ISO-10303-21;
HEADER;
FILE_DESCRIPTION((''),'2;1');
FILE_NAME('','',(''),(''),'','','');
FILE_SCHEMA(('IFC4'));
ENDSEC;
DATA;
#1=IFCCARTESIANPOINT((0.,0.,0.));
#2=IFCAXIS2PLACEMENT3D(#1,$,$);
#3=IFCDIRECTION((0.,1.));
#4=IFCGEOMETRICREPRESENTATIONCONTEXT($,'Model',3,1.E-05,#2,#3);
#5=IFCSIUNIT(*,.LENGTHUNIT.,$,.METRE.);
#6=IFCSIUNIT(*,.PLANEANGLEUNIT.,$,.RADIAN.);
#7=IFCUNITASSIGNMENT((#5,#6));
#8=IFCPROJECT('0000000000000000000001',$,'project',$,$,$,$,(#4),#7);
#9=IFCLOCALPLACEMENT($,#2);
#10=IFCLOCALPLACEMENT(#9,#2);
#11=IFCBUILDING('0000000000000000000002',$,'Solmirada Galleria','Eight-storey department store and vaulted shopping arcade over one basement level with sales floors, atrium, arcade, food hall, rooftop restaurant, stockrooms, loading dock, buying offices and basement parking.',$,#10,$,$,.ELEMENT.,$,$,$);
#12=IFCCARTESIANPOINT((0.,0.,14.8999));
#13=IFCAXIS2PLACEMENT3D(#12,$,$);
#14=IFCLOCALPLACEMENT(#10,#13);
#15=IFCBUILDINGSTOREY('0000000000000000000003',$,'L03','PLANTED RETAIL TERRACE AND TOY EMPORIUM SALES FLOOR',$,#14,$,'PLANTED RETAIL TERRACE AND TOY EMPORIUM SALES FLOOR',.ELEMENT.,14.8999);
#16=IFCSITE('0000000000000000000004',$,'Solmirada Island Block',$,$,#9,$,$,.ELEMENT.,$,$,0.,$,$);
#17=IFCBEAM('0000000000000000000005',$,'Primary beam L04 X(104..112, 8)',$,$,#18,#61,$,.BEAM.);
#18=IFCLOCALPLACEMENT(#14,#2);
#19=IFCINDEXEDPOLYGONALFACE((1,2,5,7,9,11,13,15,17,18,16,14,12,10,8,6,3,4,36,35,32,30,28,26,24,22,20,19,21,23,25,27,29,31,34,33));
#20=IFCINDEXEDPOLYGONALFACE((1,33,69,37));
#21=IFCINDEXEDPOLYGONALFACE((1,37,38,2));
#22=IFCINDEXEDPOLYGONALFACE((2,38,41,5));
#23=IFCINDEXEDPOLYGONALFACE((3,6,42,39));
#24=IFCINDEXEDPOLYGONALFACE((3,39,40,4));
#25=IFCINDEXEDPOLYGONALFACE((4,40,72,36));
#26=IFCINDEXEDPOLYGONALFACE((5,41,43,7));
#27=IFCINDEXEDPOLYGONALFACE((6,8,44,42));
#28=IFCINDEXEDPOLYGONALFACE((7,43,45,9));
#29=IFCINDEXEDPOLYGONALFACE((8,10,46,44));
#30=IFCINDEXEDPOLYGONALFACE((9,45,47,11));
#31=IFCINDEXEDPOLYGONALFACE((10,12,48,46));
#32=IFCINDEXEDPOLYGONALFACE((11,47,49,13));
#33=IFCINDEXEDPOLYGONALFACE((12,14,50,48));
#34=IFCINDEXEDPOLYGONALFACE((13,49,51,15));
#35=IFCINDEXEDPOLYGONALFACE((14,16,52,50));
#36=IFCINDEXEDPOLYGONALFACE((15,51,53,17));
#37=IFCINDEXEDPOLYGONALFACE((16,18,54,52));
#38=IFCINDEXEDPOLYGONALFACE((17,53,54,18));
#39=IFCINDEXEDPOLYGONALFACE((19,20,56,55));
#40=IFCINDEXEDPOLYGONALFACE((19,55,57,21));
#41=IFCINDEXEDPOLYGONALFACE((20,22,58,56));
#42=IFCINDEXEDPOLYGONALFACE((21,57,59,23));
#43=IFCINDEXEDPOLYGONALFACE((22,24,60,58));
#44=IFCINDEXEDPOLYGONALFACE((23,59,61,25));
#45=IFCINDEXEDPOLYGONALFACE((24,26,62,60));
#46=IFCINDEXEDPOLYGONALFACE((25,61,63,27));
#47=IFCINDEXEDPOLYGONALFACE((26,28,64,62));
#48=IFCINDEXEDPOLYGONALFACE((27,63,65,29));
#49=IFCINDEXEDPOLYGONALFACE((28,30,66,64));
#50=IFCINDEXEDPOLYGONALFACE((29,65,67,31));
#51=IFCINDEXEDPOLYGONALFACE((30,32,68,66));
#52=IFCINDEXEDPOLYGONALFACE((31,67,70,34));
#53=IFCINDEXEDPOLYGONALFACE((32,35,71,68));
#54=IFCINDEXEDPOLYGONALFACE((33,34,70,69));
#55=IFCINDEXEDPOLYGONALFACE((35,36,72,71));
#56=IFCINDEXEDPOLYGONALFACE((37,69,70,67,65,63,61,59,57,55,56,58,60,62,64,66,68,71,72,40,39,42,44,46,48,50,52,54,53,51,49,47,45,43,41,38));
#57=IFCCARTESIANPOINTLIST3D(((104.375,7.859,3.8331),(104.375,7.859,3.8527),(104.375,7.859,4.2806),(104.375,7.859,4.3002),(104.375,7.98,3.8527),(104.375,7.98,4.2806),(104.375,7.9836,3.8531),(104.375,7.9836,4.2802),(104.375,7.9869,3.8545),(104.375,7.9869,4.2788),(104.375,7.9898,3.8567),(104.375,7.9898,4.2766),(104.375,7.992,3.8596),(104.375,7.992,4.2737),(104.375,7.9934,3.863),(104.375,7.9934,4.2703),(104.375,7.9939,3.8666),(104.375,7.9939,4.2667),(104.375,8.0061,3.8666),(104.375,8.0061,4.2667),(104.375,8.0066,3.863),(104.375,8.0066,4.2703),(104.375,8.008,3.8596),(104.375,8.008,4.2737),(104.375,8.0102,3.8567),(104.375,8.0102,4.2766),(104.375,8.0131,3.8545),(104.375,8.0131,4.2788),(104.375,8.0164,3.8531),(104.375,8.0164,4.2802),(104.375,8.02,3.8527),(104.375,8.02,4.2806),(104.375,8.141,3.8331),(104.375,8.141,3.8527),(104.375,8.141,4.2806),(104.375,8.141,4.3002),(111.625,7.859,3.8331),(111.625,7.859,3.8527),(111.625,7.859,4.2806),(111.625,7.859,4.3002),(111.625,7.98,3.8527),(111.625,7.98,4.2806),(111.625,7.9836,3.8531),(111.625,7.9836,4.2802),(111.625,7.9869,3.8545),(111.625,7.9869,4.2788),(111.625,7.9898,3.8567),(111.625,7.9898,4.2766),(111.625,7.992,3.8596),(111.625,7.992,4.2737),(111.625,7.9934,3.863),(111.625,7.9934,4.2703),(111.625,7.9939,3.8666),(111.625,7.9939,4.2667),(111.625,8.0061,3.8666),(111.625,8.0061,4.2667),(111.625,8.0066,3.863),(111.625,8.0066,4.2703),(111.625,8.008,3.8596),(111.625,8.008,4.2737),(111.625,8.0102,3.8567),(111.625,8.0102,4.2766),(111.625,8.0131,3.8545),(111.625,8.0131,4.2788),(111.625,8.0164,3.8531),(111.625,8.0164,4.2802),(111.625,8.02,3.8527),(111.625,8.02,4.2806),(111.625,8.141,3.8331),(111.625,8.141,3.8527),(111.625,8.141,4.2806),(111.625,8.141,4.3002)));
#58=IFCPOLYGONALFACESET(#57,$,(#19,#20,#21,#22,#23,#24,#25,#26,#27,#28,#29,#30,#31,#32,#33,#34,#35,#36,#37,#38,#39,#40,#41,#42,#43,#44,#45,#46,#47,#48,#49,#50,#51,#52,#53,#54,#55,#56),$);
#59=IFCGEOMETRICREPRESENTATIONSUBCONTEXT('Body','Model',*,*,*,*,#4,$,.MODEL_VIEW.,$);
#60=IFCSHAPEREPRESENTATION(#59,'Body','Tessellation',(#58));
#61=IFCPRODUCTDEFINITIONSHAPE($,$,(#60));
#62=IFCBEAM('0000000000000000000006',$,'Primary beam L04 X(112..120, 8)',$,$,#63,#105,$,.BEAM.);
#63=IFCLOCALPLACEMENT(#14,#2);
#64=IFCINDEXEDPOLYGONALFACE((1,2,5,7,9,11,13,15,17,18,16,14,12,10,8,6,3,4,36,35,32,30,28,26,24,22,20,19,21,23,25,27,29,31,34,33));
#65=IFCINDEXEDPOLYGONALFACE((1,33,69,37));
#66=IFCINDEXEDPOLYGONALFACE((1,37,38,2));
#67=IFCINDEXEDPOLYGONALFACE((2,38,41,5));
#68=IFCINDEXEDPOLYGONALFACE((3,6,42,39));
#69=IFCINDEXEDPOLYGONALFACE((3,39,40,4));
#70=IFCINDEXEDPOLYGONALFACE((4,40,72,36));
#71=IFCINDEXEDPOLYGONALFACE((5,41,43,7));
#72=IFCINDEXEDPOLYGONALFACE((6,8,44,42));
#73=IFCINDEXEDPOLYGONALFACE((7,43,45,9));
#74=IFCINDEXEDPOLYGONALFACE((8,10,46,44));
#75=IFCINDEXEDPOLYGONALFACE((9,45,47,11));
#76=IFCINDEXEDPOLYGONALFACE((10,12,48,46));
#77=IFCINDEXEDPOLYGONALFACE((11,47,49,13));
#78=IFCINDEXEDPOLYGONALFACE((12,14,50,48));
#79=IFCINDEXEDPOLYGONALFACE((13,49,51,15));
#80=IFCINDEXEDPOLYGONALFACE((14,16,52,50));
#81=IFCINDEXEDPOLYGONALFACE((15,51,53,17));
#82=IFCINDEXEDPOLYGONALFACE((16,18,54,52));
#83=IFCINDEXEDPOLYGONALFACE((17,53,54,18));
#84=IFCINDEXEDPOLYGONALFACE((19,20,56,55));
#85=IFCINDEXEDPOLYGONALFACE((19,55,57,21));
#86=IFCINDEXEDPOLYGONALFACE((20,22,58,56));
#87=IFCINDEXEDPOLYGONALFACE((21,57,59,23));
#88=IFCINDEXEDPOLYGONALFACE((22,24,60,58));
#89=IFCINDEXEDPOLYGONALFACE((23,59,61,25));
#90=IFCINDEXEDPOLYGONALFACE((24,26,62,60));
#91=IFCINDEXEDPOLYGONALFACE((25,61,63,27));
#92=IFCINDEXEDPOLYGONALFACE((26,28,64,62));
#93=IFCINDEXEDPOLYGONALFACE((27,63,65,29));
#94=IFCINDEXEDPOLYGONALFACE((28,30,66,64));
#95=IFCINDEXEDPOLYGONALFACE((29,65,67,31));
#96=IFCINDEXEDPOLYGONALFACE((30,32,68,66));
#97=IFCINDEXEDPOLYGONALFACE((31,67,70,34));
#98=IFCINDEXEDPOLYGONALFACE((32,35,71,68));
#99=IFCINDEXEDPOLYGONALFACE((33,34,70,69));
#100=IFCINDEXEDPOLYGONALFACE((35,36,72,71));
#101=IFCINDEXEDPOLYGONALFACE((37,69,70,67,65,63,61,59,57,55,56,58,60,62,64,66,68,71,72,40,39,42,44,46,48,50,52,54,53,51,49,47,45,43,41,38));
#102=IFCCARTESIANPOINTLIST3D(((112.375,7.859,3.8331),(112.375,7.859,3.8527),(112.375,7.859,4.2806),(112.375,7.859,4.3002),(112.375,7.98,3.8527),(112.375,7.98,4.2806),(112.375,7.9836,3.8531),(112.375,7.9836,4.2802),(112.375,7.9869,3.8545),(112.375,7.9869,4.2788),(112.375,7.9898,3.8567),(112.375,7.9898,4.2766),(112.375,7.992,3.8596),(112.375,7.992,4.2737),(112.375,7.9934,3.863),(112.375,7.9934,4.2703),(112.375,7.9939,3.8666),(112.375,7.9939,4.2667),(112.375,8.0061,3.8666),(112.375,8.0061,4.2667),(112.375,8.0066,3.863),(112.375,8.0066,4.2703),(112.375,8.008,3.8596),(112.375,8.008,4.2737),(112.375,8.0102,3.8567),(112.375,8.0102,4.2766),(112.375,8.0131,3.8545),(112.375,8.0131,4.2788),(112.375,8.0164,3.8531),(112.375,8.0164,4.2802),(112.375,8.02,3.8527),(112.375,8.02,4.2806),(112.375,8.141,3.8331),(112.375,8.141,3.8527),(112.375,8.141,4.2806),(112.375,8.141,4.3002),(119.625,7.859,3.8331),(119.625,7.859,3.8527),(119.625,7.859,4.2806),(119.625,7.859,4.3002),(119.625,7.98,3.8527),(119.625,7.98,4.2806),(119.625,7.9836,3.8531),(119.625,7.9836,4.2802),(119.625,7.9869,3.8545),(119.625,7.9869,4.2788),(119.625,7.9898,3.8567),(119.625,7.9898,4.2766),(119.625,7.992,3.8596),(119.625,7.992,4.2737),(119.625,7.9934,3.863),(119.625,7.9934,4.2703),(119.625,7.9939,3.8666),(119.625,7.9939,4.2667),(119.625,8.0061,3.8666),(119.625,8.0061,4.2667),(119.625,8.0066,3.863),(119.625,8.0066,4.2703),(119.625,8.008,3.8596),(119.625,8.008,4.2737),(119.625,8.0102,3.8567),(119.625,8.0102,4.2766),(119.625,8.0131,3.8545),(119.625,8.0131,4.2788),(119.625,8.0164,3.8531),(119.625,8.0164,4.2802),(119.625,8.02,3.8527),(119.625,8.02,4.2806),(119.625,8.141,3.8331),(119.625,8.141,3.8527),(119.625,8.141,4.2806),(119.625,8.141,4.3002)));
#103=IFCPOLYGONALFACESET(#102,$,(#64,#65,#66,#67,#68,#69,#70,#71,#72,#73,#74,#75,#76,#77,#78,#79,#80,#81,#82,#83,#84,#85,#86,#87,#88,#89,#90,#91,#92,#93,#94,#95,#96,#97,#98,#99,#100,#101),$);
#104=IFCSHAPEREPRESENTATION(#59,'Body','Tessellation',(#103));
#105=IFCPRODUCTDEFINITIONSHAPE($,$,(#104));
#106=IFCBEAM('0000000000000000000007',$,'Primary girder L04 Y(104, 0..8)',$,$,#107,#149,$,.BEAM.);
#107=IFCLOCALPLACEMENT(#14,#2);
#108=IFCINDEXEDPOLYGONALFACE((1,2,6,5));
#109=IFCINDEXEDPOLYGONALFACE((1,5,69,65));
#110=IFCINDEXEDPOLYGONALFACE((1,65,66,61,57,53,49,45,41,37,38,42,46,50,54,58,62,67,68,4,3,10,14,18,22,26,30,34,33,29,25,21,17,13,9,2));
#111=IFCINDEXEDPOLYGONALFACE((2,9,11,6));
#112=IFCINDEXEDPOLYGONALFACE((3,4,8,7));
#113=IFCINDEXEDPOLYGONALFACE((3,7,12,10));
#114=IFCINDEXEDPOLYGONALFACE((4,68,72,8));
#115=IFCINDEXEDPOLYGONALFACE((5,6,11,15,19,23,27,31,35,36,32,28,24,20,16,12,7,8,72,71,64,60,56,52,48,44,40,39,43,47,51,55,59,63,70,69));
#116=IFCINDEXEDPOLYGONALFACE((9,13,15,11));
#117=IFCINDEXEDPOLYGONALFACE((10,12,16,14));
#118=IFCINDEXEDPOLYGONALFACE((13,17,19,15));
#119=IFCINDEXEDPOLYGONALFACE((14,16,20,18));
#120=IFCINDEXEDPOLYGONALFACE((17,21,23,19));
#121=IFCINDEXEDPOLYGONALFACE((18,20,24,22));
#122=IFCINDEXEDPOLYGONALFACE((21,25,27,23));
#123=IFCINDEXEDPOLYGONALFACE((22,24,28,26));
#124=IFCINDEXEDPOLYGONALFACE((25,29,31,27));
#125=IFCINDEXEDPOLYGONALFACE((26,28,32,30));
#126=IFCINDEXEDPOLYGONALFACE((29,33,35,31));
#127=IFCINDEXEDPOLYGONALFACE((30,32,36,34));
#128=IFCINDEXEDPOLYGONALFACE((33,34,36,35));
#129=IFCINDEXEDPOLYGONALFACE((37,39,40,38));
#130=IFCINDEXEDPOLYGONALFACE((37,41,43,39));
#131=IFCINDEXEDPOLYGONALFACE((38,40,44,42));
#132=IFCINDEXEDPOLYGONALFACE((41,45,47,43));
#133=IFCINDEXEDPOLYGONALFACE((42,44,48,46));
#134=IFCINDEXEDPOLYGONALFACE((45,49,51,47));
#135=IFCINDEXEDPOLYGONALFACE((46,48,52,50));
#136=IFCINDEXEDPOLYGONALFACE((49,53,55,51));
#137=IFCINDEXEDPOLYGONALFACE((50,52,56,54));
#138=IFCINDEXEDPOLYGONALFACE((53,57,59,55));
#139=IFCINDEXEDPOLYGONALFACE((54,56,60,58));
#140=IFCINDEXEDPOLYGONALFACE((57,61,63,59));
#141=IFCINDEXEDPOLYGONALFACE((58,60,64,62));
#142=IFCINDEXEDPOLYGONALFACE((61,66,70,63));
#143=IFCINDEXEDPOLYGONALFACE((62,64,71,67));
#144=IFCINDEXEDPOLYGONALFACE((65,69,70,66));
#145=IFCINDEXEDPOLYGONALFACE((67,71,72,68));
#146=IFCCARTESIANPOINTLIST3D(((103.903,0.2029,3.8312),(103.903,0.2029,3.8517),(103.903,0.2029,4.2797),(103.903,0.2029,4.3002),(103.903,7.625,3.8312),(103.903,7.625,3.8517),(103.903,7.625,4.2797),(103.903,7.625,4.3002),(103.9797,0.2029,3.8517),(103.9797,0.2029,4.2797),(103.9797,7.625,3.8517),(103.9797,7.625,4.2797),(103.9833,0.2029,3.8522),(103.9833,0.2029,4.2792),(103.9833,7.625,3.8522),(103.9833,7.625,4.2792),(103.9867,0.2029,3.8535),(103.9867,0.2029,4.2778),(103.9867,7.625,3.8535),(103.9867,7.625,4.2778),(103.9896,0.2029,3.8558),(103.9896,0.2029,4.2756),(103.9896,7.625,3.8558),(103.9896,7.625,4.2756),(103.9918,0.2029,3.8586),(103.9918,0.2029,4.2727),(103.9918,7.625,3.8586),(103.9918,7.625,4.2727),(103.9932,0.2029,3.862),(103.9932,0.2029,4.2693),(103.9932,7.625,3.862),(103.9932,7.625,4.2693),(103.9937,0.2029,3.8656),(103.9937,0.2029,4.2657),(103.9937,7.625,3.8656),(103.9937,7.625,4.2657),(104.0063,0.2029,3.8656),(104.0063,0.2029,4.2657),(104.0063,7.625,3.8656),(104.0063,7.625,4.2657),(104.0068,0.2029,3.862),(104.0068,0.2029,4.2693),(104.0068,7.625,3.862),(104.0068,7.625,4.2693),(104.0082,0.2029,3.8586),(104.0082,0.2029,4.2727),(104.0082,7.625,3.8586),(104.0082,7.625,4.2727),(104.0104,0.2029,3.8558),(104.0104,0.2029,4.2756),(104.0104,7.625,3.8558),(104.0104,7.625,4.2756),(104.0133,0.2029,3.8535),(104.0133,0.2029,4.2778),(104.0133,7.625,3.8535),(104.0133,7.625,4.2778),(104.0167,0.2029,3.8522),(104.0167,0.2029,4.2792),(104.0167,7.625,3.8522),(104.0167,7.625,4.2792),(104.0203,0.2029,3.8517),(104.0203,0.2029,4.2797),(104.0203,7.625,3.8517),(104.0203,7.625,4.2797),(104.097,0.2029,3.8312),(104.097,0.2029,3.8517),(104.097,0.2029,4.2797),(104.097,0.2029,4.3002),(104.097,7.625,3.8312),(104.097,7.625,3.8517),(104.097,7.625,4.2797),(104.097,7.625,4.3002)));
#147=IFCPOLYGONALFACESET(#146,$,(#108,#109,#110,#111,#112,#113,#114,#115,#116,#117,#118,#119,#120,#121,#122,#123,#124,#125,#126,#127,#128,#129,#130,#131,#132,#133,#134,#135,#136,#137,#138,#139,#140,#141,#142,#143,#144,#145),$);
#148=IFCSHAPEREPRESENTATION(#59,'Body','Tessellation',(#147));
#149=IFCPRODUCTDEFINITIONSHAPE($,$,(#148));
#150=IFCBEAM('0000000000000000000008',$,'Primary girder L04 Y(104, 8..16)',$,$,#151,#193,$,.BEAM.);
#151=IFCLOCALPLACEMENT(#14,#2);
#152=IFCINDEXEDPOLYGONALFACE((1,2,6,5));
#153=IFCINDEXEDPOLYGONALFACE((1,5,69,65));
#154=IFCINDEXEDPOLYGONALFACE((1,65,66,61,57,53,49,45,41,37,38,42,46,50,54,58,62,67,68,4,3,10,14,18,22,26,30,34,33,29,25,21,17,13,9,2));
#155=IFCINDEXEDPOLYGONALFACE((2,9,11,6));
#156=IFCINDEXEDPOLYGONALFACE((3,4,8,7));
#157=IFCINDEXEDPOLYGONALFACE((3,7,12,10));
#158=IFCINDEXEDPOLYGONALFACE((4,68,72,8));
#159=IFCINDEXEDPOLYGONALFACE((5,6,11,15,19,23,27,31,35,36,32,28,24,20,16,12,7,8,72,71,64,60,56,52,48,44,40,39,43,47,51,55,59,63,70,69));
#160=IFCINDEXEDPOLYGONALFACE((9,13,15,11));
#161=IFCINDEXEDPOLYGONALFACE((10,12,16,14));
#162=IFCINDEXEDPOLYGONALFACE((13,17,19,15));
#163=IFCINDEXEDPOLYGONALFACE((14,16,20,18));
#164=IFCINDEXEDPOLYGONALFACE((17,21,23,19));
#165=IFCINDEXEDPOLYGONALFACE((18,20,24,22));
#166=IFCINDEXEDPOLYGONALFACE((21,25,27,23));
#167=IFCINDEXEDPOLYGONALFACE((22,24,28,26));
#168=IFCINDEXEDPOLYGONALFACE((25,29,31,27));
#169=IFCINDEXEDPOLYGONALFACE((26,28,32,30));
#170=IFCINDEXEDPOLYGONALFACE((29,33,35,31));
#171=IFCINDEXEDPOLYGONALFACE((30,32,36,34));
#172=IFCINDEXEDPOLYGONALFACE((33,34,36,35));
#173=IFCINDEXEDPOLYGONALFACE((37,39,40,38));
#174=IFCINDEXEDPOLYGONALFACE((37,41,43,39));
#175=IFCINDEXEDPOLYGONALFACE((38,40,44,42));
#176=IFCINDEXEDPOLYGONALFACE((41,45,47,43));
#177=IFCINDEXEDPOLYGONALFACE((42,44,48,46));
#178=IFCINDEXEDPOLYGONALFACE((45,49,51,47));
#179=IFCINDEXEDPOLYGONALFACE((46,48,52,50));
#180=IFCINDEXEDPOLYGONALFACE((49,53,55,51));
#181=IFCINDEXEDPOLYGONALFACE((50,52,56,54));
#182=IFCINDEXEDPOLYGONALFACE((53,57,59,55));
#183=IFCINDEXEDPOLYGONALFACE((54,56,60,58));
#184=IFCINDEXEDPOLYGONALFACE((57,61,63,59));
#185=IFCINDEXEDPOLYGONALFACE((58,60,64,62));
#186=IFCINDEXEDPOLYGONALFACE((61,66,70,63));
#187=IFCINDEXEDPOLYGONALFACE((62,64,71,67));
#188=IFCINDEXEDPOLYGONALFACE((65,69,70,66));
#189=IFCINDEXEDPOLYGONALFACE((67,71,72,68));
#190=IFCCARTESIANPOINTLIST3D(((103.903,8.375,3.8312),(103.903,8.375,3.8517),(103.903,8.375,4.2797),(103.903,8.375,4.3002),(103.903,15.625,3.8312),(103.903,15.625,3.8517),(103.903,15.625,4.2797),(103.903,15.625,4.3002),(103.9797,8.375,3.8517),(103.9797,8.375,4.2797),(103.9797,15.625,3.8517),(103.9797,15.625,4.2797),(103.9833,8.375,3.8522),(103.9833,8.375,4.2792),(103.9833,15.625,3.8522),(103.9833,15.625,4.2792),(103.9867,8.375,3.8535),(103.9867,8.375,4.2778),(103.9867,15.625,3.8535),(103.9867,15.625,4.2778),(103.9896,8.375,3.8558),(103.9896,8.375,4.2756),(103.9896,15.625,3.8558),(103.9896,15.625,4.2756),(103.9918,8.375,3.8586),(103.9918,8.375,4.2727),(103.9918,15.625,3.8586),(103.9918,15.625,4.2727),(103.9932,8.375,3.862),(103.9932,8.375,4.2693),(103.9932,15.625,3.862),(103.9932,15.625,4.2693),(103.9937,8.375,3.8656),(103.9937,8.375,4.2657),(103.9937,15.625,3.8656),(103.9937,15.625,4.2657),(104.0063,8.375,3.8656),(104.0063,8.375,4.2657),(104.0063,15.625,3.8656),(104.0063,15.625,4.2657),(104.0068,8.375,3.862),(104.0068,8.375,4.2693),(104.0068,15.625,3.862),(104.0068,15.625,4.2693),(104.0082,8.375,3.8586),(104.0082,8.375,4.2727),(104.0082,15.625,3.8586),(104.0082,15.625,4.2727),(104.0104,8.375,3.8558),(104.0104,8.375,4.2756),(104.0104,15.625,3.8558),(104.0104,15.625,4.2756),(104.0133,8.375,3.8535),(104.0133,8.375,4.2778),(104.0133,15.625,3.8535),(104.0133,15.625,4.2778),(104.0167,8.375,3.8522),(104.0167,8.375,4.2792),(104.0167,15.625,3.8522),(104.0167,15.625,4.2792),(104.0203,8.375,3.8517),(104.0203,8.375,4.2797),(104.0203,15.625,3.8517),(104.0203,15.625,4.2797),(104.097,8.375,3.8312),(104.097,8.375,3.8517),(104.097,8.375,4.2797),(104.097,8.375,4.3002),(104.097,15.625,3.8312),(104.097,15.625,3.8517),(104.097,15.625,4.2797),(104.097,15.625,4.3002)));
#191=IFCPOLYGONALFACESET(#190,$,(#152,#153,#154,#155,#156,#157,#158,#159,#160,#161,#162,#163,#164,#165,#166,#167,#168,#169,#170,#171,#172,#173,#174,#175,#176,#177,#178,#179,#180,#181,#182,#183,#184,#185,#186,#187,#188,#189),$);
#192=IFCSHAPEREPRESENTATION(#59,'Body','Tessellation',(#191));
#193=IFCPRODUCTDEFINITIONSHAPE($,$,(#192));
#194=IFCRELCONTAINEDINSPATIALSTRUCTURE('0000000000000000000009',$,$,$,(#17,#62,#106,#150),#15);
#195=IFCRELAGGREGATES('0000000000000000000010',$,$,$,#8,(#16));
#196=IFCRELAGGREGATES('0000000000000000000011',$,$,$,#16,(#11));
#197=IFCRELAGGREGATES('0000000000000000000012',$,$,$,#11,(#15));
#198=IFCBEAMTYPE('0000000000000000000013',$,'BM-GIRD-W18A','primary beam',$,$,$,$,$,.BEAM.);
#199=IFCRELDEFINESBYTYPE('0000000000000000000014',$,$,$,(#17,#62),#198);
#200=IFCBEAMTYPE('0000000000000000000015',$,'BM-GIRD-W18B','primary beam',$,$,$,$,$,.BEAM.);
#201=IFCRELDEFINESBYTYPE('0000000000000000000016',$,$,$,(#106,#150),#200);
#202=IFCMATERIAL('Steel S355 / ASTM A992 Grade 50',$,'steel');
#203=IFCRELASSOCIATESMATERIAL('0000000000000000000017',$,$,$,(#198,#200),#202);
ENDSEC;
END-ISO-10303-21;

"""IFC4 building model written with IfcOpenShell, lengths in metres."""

from ifc_helpers import new_model, si_unit, direction, frame, origin, origin_2d, place, context, subcontext, project, spatial, i_section, extrude, material, material_profile, profile_set, type_object, element, save


model = new_model("IFC4")

# Units and contexts
model_context = context("Model", 3, precision=1e-05, world=origin(), true_north=direction((0.0, 1.0)))
body_context = subcontext(model_context, "Body", "Model", "MODEL_VIEW")
ifc_project = project(units=[si_unit("LENGTHUNIT", "METRE"), si_unit("PLANEANGLEUNIT", "RADIAN")], contexts=[model_context])

# Site, building, storey
site_placement = place(None, origin())
site = spatial("IfcSite", under=ifc_project, at=site_placement, Name="Solmirada Island Block", CompositionType="ELEMENT", RefElevation=0.0)
building_placement = place(site_placement, origin())
building = spatial("IfcBuilding", under=site, at=building_placement, Name="Solmirada Galleria", Description="Eight-storey department store and vaulted shopping arcade over one basement level with sales floors, atrium, arcade, food hall, rooftop restaurant, stockrooms, loading dock, buying offices and basement parking.", CompositionType="ELEMENT")
storey_placement = place(building_placement, frame((0.0, 0.0, 14.8999)))
storey = spatial("IfcBuildingStorey", under=building, at=storey_placement, Name="L03", Description="PLANTED RETAIL TERRACE AND TOY EMPORIUM SALES FLOOR", LongName="PLANTED RETAIL TERRACE AND TOY EMPORIUM SALES FLOOR", CompositionType="ELEMENT", Elevation=14.8999)

# Beams
ifc_material_1 = material(Name="Steel S355 / ASTM A992 Grade 50", Category="steel")
ifc_material_profile_1 = material_profile(ifc_material_1, i_section(OverallWidth=0.282, OverallDepth=0.467, WebThickness=0.0122, FlangeThickness=0.0195, FilletRadius=0.0139, at=origin_2d()), Name="W18X86")
ifc_profile_set_1 = profile_set([ifc_material_profile_1], Name="Steel S355 / ASTM A992 Grade 50")
beam_type_1 = type_object("IfcBeamType", Name="BM-GIRD-W18A", Description="primary beam", PredefinedType="BEAM", material=ifc_profile_set_1)
for number, where, z_axis, x_axis, name in (
    (1, (104.375, 8.0, 4.0667), (1.0, 0.0, 0.0), (0.0, 1.0, 0.0), "Primary beam L04 X(104..112, 8)"),
    (2, (112.375, 8.0, 4.0667), (1.0, 0.0, 0.0), (0.0, 1.0, 0.0), "Primary beam L04 X(112..120, 8)"),
):
    element("IfcBeam", number, at=place(storey_placement, frame(where, z_axis=z_axis, x_axis=x_axis)), inside=storey, type_object=beam_type_1, Name=name, PredefinedType="BEAM", context=body_context, shape_type="SweptSolid", body=[
        extrude(i_section(OverallWidth=0.282, OverallDepth=0.467, WebThickness=0.0122, FlangeThickness=0.0195, FilletRadius=0.0139, at=origin_2d()), origin(), (0.0, 0.0, 1.0), 7.25),
    ])
ifc_material_profile_2 = material_profile(ifc_material_1, i_section(OverallWidth=0.1941, OverallDepth=0.469, WebThickness=0.0127, FlangeThickness=0.0205, FilletRadius=0.0139, at=origin_2d()), Name="W18X71")
ifc_profile_set_2 = profile_set([ifc_material_profile_2], Name="Steel S355 / ASTM A992 Grade 50")
beam_type_2 = type_object("IfcBeamType", Name="BM-GIRD-W18B", Description="primary beam", PredefinedType="BEAM", material=ifc_profile_set_2)
beam_1_placement = place(storey_placement, frame((104.0, 0.2029, 4.0657), z_axis=(0.0, 1.0, 0.0), x_axis=(-1.0, 0.0, 0.0)))
element("IfcBeam", 3, at=beam_1_placement, inside=storey, type_object=beam_type_2, Name="Primary girder L04 Y(104, 0..8)", PredefinedType="BEAM", context=body_context, shape_type="SweptSolid", body=[
    extrude(i_section(OverallWidth=0.1941, OverallDepth=0.469, WebThickness=0.0127, FlangeThickness=0.0205, FilletRadius=0.0139, at=origin_2d()), origin(), (0.0, 0.0, 1.0), 7.4221),
])
beam_2_placement = place(storey_placement, frame((104.0, 8.375, 4.0657), z_axis=(0.0, 1.0, 0.0), x_axis=(-1.0, 0.0, 0.0)))
element("IfcBeam", 4, at=beam_2_placement, inside=storey, type_object=beam_type_2, Name="Primary girder L04 Y(104, 8..16)", PredefinedType="BEAM", context=body_context, shape_type="SweptSolid", body=[
    extrude(i_section(OverallWidth=0.1941, OverallDepth=0.469, WebThickness=0.0127, FlangeThickness=0.0205, FilletRadius=0.0139, at=origin_2d()), origin(), (0.0, 0.0, 1.0), 7.25),
])

save(model, "model.ifc")
